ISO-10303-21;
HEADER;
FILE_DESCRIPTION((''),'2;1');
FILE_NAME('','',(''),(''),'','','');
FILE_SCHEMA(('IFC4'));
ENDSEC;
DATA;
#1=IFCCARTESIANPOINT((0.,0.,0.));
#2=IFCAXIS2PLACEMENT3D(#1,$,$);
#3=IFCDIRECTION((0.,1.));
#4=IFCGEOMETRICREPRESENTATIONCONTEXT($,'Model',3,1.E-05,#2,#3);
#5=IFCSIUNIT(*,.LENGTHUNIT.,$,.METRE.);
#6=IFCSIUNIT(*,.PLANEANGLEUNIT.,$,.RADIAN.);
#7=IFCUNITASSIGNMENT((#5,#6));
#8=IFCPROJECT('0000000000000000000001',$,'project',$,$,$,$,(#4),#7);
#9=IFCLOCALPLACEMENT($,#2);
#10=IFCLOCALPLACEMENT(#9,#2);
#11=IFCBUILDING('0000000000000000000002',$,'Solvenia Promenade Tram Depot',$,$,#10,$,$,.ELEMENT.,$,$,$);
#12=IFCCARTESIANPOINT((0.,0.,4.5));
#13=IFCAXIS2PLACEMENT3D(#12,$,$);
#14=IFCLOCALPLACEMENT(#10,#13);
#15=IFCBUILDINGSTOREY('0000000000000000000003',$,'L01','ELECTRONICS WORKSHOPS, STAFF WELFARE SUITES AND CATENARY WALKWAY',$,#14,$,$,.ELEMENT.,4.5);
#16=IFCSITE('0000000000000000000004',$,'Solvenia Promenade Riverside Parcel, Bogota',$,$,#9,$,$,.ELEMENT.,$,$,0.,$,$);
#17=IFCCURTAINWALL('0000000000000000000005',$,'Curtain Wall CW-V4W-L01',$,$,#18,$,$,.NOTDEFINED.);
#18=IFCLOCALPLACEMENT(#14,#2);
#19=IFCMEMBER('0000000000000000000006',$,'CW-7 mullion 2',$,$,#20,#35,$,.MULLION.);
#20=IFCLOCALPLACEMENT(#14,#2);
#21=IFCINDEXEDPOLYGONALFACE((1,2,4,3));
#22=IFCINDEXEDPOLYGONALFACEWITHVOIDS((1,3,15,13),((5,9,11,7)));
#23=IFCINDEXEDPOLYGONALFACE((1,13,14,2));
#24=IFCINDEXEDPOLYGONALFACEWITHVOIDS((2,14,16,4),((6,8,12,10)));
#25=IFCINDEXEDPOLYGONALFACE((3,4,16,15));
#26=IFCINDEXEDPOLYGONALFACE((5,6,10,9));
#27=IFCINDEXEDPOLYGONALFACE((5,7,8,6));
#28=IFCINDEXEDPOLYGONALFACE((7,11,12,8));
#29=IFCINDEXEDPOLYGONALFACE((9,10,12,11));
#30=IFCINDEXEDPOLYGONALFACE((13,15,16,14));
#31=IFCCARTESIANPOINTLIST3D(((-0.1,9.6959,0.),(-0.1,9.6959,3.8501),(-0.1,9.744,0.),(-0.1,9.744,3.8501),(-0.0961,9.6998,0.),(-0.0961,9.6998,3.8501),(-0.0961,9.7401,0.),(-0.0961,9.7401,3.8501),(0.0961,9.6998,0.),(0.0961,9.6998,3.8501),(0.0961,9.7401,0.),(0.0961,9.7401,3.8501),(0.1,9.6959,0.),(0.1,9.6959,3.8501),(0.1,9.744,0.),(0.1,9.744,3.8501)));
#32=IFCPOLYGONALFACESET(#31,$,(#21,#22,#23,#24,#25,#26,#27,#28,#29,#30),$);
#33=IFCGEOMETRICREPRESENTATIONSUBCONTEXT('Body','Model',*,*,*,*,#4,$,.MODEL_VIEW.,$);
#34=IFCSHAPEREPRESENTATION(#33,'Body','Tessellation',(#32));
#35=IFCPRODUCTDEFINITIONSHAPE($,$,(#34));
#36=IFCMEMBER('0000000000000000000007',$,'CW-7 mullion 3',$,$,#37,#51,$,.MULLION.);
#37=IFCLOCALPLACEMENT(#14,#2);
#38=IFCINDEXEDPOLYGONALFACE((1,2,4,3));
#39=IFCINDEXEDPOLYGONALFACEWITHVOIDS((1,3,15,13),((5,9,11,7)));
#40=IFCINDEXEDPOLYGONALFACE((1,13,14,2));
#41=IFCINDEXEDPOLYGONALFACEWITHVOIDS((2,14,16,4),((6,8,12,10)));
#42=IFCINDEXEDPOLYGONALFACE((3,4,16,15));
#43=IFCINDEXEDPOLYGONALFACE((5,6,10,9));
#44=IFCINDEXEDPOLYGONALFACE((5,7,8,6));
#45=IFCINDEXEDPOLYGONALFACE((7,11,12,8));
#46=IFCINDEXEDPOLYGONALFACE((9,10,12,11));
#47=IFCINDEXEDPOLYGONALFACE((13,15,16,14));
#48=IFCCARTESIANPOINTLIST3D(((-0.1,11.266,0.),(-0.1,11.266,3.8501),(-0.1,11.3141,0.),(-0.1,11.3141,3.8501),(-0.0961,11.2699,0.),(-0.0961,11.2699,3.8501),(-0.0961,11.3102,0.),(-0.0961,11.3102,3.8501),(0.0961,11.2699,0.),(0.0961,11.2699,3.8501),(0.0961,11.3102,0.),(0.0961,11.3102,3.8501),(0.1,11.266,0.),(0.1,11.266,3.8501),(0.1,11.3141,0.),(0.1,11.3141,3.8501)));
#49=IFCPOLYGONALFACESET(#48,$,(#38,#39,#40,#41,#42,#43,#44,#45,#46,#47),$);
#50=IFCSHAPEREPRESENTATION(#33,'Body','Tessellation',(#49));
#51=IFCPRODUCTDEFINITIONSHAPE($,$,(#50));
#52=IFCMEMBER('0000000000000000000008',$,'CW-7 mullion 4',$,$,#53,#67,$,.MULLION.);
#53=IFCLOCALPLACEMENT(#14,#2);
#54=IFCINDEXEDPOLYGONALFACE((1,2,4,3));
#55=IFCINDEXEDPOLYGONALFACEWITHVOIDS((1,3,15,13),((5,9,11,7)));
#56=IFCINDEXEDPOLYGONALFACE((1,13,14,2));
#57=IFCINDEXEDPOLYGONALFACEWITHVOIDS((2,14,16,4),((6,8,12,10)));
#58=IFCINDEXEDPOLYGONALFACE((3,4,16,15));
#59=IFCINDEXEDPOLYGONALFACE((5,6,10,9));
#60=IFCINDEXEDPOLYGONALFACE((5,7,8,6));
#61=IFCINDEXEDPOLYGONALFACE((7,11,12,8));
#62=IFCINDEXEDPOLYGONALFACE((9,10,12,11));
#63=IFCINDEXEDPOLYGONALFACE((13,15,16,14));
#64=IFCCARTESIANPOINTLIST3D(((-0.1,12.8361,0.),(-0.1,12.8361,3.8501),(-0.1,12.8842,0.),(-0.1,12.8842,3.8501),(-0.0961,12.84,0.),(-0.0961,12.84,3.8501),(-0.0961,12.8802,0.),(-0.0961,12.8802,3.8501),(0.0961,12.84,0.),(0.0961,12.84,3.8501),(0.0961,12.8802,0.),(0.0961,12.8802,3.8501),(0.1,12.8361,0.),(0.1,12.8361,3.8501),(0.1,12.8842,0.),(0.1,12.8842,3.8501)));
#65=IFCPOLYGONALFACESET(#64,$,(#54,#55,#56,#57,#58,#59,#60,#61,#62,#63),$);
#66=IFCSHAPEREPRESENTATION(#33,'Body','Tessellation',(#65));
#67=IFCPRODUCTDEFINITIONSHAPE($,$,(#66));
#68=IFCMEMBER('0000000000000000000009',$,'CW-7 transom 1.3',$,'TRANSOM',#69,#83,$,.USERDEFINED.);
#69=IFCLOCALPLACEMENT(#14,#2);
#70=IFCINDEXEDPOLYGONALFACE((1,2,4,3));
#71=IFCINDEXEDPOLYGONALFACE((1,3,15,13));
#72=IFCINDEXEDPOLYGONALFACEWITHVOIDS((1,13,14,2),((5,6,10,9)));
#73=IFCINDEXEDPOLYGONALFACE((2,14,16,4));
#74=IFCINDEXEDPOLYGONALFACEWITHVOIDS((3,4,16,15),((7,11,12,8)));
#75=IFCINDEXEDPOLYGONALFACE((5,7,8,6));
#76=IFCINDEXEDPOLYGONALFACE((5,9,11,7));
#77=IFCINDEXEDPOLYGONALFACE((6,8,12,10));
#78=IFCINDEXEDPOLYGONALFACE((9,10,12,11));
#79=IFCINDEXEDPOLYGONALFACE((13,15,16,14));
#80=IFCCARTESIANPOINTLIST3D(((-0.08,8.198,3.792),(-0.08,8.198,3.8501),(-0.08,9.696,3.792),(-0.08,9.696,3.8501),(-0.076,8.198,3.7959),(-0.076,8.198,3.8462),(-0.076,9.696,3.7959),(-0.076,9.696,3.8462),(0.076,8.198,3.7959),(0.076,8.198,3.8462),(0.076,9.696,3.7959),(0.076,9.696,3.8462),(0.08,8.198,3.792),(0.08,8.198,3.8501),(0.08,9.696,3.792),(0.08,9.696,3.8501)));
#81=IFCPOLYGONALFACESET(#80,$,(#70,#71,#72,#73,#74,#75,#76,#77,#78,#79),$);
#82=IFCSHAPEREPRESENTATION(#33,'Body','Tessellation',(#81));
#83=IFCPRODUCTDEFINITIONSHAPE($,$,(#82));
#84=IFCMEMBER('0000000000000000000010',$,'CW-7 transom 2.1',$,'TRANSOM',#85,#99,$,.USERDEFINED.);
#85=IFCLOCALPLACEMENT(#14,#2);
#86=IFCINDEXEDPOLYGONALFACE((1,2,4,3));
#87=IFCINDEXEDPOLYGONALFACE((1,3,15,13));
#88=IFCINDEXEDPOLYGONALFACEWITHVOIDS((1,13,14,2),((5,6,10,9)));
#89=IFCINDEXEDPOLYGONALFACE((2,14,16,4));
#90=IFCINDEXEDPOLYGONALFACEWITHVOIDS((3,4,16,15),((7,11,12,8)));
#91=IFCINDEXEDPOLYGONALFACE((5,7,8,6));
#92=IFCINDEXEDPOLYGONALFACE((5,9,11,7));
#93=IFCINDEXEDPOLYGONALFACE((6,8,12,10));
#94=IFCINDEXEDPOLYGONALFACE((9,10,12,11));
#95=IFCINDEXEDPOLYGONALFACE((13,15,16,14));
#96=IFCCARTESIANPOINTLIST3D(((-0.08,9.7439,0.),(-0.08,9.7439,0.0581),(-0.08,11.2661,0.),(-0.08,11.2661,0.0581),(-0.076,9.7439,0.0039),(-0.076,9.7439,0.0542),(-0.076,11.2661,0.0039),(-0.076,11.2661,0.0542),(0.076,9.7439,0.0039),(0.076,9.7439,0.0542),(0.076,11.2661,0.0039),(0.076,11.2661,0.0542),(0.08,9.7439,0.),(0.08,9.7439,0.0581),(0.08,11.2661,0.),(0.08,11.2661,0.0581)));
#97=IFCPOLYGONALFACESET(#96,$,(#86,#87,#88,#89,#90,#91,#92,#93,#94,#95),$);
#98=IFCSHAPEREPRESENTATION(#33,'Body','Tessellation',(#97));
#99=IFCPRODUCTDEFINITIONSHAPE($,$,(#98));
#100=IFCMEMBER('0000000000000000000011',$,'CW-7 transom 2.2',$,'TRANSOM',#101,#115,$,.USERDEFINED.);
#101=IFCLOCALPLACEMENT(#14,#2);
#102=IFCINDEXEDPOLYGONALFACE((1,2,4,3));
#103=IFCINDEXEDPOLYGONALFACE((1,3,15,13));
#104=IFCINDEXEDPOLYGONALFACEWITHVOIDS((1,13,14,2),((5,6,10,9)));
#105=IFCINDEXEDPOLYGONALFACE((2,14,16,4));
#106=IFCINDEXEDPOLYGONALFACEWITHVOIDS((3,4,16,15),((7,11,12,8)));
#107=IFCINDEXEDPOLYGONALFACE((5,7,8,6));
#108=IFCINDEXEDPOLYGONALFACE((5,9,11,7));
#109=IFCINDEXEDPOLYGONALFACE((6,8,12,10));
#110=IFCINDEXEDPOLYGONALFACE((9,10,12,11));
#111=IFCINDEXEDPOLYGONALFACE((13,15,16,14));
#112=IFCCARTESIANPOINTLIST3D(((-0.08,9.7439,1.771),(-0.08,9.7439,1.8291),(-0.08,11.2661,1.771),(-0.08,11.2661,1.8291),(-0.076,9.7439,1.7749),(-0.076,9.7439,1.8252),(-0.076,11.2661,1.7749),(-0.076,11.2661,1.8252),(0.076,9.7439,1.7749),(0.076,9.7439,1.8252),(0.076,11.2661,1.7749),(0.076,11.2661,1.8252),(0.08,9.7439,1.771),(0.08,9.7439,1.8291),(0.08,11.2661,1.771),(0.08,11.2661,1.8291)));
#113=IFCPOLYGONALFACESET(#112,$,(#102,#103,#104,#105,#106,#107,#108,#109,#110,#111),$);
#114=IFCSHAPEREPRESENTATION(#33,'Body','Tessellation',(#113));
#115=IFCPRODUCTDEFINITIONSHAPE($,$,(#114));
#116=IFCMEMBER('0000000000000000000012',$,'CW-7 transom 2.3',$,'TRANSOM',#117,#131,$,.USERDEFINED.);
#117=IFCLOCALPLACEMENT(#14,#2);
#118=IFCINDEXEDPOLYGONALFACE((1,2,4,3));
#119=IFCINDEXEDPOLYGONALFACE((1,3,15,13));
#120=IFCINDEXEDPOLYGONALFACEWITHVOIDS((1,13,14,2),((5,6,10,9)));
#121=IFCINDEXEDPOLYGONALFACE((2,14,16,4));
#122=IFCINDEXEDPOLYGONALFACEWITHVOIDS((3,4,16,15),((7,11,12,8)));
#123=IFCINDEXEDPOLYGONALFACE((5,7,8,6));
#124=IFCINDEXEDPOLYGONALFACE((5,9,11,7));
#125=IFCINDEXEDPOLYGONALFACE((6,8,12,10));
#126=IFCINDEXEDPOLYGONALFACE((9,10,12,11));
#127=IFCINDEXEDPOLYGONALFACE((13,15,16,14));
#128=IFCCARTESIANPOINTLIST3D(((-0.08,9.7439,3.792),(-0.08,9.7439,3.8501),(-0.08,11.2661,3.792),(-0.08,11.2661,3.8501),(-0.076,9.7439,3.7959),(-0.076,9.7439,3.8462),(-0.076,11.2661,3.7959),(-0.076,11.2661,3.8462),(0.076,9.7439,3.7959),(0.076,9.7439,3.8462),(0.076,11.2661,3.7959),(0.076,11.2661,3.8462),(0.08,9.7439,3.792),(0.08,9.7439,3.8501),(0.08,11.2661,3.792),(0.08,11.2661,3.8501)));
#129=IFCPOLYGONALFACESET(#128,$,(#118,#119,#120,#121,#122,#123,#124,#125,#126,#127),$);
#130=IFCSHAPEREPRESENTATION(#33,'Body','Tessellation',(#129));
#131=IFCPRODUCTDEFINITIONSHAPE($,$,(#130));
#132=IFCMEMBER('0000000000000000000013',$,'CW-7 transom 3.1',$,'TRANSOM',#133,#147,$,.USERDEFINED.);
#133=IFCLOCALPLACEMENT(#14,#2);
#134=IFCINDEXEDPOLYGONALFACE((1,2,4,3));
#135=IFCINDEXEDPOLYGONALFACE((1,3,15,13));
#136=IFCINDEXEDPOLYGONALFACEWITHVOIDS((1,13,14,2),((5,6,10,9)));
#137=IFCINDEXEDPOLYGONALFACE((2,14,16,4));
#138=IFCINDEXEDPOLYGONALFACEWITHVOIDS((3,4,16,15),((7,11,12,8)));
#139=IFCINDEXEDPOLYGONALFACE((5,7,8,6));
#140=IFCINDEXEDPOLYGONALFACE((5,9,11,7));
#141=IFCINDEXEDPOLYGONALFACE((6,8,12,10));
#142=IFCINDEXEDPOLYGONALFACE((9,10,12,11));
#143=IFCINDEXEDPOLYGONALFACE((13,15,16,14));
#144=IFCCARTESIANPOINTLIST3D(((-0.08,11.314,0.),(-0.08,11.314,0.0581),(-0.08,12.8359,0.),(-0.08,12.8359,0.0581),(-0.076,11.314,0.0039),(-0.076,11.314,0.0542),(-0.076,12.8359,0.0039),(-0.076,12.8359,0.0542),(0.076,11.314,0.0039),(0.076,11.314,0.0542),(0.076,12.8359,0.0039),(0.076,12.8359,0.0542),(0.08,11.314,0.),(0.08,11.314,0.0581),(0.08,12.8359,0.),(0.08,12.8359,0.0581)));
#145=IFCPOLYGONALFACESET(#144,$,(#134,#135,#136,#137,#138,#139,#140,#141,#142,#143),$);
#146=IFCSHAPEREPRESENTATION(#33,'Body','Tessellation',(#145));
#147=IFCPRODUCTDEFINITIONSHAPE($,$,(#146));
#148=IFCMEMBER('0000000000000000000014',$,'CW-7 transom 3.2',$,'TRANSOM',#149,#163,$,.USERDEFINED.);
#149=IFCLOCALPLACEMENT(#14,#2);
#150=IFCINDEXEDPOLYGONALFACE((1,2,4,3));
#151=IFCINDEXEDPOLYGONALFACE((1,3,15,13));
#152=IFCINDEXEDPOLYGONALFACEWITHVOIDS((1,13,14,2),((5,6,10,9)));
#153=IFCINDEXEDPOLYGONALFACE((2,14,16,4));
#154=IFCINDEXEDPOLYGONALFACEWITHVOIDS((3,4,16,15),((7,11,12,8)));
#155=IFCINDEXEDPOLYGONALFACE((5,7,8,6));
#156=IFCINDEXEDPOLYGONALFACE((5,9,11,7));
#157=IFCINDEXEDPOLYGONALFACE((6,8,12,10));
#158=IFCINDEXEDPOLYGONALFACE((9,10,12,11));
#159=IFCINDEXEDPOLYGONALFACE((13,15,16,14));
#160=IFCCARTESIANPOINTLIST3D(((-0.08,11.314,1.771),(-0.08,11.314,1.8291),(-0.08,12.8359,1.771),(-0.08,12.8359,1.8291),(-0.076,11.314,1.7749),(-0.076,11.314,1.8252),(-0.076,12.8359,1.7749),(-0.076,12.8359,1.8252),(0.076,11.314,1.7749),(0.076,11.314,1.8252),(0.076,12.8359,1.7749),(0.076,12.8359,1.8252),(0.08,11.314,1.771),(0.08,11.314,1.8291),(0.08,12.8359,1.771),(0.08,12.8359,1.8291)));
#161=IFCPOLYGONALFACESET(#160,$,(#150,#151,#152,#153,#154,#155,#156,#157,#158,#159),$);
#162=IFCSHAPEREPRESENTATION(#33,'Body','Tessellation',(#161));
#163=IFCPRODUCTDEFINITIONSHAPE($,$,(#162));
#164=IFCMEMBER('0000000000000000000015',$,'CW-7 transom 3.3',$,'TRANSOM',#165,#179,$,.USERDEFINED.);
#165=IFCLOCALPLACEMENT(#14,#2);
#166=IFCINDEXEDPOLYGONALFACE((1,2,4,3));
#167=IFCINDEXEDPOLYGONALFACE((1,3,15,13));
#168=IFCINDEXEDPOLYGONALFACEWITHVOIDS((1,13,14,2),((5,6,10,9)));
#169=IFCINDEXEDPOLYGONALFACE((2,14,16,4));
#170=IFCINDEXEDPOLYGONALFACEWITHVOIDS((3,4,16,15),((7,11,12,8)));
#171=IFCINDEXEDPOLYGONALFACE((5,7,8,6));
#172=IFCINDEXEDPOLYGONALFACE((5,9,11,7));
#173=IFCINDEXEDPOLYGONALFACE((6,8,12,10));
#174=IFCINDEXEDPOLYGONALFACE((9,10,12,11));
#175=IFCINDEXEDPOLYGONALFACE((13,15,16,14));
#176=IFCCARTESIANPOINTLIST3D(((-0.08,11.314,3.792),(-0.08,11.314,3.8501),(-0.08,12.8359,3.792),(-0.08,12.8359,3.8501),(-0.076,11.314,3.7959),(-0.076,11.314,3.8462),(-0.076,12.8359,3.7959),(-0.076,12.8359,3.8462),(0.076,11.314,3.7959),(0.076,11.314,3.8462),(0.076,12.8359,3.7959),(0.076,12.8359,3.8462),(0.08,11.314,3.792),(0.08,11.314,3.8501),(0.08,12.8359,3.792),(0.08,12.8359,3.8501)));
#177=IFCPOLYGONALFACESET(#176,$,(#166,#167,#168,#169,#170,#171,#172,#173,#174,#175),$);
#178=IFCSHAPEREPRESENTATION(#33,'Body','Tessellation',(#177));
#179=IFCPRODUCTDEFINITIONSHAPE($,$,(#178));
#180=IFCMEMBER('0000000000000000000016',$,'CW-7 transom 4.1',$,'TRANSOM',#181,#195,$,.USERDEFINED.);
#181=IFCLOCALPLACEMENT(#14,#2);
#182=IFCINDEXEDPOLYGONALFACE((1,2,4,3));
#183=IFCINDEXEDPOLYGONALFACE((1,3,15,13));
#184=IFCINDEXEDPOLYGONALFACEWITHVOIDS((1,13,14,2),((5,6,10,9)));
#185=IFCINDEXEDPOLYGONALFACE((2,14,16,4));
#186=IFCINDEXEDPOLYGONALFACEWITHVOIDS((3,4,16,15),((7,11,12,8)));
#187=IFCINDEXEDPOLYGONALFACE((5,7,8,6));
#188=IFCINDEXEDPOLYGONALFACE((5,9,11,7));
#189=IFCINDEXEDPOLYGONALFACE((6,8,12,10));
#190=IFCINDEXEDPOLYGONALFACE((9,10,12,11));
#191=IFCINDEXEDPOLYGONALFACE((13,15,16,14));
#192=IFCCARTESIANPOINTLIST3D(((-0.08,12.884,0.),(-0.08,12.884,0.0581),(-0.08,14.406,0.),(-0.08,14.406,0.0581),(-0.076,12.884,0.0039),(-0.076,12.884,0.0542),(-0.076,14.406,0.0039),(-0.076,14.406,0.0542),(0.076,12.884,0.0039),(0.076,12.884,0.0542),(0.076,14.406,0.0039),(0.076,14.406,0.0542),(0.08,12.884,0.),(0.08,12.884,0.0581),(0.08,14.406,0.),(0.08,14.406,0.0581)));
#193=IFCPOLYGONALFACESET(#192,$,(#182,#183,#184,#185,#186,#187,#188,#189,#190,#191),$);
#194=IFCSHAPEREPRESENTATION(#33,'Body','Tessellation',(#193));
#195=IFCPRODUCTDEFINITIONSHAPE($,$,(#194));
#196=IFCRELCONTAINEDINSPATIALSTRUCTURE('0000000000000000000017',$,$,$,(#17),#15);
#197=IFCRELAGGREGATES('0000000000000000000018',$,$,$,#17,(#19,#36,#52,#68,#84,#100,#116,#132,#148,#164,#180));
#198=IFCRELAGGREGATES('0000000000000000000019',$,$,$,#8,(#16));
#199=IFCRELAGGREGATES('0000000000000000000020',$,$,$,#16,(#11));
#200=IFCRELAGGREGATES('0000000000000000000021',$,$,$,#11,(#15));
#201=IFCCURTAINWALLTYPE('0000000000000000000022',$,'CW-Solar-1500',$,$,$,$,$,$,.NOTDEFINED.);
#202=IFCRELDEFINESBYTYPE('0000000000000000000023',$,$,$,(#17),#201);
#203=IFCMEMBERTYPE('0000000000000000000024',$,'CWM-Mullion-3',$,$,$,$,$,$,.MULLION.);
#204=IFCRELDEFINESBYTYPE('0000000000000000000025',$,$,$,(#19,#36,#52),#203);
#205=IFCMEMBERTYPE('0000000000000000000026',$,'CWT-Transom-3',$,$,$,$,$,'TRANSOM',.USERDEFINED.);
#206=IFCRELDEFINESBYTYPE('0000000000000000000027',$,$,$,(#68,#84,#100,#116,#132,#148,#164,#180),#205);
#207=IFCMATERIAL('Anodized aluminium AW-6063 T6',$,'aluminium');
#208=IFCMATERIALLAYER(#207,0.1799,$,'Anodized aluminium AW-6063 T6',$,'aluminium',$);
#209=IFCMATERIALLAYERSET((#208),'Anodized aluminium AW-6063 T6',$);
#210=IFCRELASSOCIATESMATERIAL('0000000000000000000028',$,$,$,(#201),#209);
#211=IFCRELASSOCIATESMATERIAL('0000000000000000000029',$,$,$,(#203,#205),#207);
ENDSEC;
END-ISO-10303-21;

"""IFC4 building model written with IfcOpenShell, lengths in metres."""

from ifc_helpers import new_model, si_unit, direction, frame, origin, origin_2d, place, context, subcontext, project, spatial, hollow_rectangle, extrude, material, layer, layer_set, material_profile, profile_set, type_object, element, aggregate, save


model = new_model("IFC4")

# Units and contexts
model_context = context("Model", 3, precision=1e-05, world=origin(), true_north=direction((0.0, 1.0)))
body_context = subcontext(model_context, "Body", "Model", "MODEL_VIEW")
ifc_project = project(units=[si_unit("LENGTHUNIT", "METRE"), si_unit("PLANEANGLEUNIT", "RADIAN")], contexts=[model_context])

# Site, building, storey
site_placement = place(None, origin())
site = spatial("IfcSite", under=ifc_project, at=site_placement, Name="Solvenia Promenade Riverside Parcel, Bogota", CompositionType="ELEMENT", RefElevation=0.0)
building_placement = place(site_placement, origin())
building = spatial("IfcBuilding", under=site, at=building_placement, Name="Solvenia Promenade Tram Depot", CompositionType="ELEMENT")
storey_placement = place(building_placement, frame((0.0, 0.0, 4.5)))
storey = spatial("IfcBuildingStorey", under=building, at=storey_placement, Name="L01", Description="ELECTRONICS WORKSHOPS, STAFF WELFARE SUITES AND CATENARY WALKWAY", CompositionType="ELEMENT", Elevation=4.5)

# Curtain wall, members
ifc_material_1 = material(Name="Anodized aluminium AW-6063 T6", Category="aluminium")
ifc_layer_1 = layer(ifc_material_1, 0.1799, Name="Anodized aluminium AW-6063 T6", Category="aluminium")
ifc_layer_set_1 = layer_set([ifc_layer_1], Name="Anodized aluminium AW-6063 T6")
curtain_wall_type = type_object("IfcCurtainWallType", Name="CW-Solar-1500", PredefinedType="NOTDEFINED", material=ifc_layer_set_1)
curtain_wall_placement = place(storey_placement, origin())
curtain_wall = element("IfcCurtainWall", 1, at=curtain_wall_placement, inside=storey, type_object=curtain_wall_type, Name="Curtain Wall CW-V4W-L01", PredefinedType="NOTDEFINED")
ifc_material_profile_1 = material_profile(ifc_material_1, hollow_rectangle(XDim=0.2, YDim=0.0481, WallThickness=0.0039, at=origin_2d()), Name="ALU-M3", Category="aluminium")
ifc_profile_set_1 = profile_set([ifc_material_profile_1], Name="Anodized aluminium AW-6063 T6")
member_type_1 = type_object("IfcMemberType", Name="CWM-Mullion-3", PredefinedType="MULLION", material=ifc_profile_set_1)
member_1_placement = place(storey_placement, frame((0.0, 9.72, 0.0), z_axis=(0.0, 0.0, 1.0), x_axis=(-1.0, 0.0, 0.0)))
member_1 = element("IfcMember", 2, at=member_1_placement, type_object=member_type_1, Name="CW-7 mullion 2", PredefinedType="MULLION", context=body_context, shape_type="SweptSolid", body=[
    extrude(hollow_rectangle(XDim=0.2, YDim=0.0481, WallThickness=0.0039, at=origin_2d()), origin(), (0.0, 0.0, 1.0), 3.8501),
])
member_2_placement = place(storey_placement, frame((0.0, 11.29, 0.0), z_axis=(0.0, 0.0, 1.0), x_axis=(-1.0, 0.0, 0.0)))
member_2 = element("IfcMember", 3, at=member_2_placement, type_object=member_type_1, Name="CW-7 mullion 3", PredefinedType="MULLION", context=body_context, shape_type="SweptSolid", body=[
    extrude(hollow_rectangle(XDim=0.2, YDim=0.0481, WallThickness=0.0039, at=origin_2d()), origin(), (0.0, 0.0, 1.0), 3.8501),
])
member_3_placement = place(storey_placement, frame((0.0, 12.8601, 0.0), z_axis=(0.0, 0.0, 1.0), x_axis=(-1.0, 0.0, 0.0)))
member_3 = element("IfcMember", 4, at=member_3_placement, type_object=member_type_1, Name="CW-7 mullion 4", PredefinedType="MULLION", context=body_context, shape_type="SweptSolid", body=[
    extrude(hollow_rectangle(XDim=0.2, YDim=0.0481, WallThickness=0.0039, at=origin_2d()), origin(), (0.0, 0.0, 1.0), 3.8501),
])
ifc_material_profile_2 = material_profile(ifc_material_1, hollow_rectangle(XDim=0.1599, YDim=0.0581, WallThickness=0.0039, at=origin_2d()), Name="ALU-T3", Category="aluminium")
ifc_profile_set_2 = profile_set([ifc_material_profile_2], Name="Anodized aluminium AW-6063 T6")
member_type_2 = type_object("IfcMemberType", Name="CWT-Transom-3", ElementType="TRANSOM", PredefinedType="USERDEFINED", material=ifc_profile_set_2)
member_4_placement = place(storey_placement, frame((0.0, 8.198, 3.821), z_axis=(0.0, 1.0, 0.0), x_axis=(-1.0, 0.0, 0.0)))
member_4 = element("IfcMember", 5, at=member_4_placement, type_object=member_type_2, Name="CW-7 transom 1.3", ObjectType="TRANSOM", PredefinedType="USERDEFINED", context=body_context, shape_type="SweptSolid", body=[
    extrude(hollow_rectangle(XDim=0.1599, YDim=0.0581, WallThickness=0.0039, at=origin_2d()), origin(), (0.0, 0.0, 1.0), 1.498),
])
member_5_placement = place(storey_placement, frame((0.0, 9.7439, 0.0291), z_axis=(0.0, 1.0, 0.0), x_axis=(-1.0, 0.0, 0.0)))
member_5 = element("IfcMember", 6, at=member_5_placement, type_object=member_type_2, Name="CW-7 transom 2.1", ObjectType="TRANSOM", PredefinedType="USERDEFINED", context=body_context, shape_type="SweptSolid", body=[
    extrude(hollow_rectangle(XDim=0.1599, YDim=0.0581, WallThickness=0.0039, at=origin_2d()), origin(), (0.0, 0.0, 1.0), 1.5222),
])
member_6_placement = place(storey_placement, frame((0.0, 9.7439, 1.8), z_axis=(0.0, 1.0, 0.0), x_axis=(-1.0, 0.0, 0.0)))
member_6 = element("IfcMember", 7, at=member_6_placement, type_object=member_type_2, Name="CW-7 transom 2.2", ObjectType="TRANSOM", PredefinedType="USERDEFINED", context=body_context, shape_type="SweptSolid", body=[
    extrude(hollow_rectangle(XDim=0.1599, YDim=0.0581, WallThickness=0.0039, at=origin_2d()), origin(), (0.0, 0.0, 1.0), 1.5222),
])
member_7_placement = place(storey_placement, frame((0.0, 9.7439, 3.821), z_axis=(0.0, 1.0, 0.0), x_axis=(-1.0, 0.0, 0.0)))
member_7 = element("IfcMember", 8, at=member_7_placement, type_object=member_type_2, Name="CW-7 transom 2.3", ObjectType="TRANSOM", PredefinedType="USERDEFINED", context=body_context, shape_type="SweptSolid", body=[
    extrude(hollow_rectangle(XDim=0.1599, YDim=0.0581, WallThickness=0.0039, at=origin_2d()), origin(), (0.0, 0.0, 1.0), 1.5222),
])
member_8_placement = place(storey_placement, frame((0.0, 11.314, 0.0291), z_axis=(0.0, 1.0, 0.0), x_axis=(-1.0, 0.0, 0.0)))
member_8 = element("IfcMember", 9, at=member_8_placement, type_object=member_type_2, Name="CW-7 transom 3.1", ObjectType="TRANSOM", PredefinedType="USERDEFINED", context=body_context, shape_type="SweptSolid", body=[
    extrude(hollow_rectangle(XDim=0.1599, YDim=0.0581, WallThickness=0.0039, at=origin_2d()), origin(), (0.0, 0.0, 1.0), 1.522),
])
member_9_placement = place(storey_placement, frame((0.0, 11.314, 1.8), z_axis=(0.0, 1.0, 0.0), x_axis=(-1.0, 0.0, 0.0)))
member_9 = element("IfcMember", 10, at=member_9_placement, type_object=member_type_2, Name="CW-7 transom 3.2", ObjectType="TRANSOM", PredefinedType="USERDEFINED", context=body_context, shape_type="SweptSolid", body=[
    extrude(hollow_rectangle(XDim=0.1599, YDim=0.0581, WallThickness=0.0039, at=origin_2d()), origin(), (0.0, 0.0, 1.0), 1.522),
])
member_10_placement = place(storey_placement, frame((0.0, 11.314, 3.821), z_axis=(0.0, 1.0, 0.0), x_axis=(-1.0, 0.0, 0.0)))
member_10 = element("IfcMember", 11, at=member_10_placement, type_object=member_type_2, Name="CW-7 transom 3.3", ObjectType="TRANSOM", PredefinedType="USERDEFINED", context=body_context, shape_type="SweptSolid", body=[
    extrude(hollow_rectangle(XDim=0.1599, YDim=0.0581, WallThickness=0.0039, at=origin_2d()), origin(), (0.0, 0.0, 1.0), 1.522),
])
member_11_placement = place(storey_placement, frame((0.0, 12.884, 0.0291), z_axis=(0.0, 1.0, 0.0), x_axis=(-1.0, 0.0, 0.0)))
member_11 = element("IfcMember", 12, at=member_11_placement, type_object=member_type_2, Name="CW-7 transom 4.1", ObjectType="TRANSOM", PredefinedType="USERDEFINED", context=body_context, shape_type="SweptSolid", body=[
    extrude(hollow_rectangle(XDim=0.1599, YDim=0.0581, WallThickness=0.0039, at=origin_2d()), origin(), (0.0, 0.0, 1.0), 1.522),
])

aggregate(curtain_wall, [member_1, member_2, member_3, member_4, member_5, member_6, member_7, member_8, member_9, member_10, member_11])

save(model, "model.ifc")
